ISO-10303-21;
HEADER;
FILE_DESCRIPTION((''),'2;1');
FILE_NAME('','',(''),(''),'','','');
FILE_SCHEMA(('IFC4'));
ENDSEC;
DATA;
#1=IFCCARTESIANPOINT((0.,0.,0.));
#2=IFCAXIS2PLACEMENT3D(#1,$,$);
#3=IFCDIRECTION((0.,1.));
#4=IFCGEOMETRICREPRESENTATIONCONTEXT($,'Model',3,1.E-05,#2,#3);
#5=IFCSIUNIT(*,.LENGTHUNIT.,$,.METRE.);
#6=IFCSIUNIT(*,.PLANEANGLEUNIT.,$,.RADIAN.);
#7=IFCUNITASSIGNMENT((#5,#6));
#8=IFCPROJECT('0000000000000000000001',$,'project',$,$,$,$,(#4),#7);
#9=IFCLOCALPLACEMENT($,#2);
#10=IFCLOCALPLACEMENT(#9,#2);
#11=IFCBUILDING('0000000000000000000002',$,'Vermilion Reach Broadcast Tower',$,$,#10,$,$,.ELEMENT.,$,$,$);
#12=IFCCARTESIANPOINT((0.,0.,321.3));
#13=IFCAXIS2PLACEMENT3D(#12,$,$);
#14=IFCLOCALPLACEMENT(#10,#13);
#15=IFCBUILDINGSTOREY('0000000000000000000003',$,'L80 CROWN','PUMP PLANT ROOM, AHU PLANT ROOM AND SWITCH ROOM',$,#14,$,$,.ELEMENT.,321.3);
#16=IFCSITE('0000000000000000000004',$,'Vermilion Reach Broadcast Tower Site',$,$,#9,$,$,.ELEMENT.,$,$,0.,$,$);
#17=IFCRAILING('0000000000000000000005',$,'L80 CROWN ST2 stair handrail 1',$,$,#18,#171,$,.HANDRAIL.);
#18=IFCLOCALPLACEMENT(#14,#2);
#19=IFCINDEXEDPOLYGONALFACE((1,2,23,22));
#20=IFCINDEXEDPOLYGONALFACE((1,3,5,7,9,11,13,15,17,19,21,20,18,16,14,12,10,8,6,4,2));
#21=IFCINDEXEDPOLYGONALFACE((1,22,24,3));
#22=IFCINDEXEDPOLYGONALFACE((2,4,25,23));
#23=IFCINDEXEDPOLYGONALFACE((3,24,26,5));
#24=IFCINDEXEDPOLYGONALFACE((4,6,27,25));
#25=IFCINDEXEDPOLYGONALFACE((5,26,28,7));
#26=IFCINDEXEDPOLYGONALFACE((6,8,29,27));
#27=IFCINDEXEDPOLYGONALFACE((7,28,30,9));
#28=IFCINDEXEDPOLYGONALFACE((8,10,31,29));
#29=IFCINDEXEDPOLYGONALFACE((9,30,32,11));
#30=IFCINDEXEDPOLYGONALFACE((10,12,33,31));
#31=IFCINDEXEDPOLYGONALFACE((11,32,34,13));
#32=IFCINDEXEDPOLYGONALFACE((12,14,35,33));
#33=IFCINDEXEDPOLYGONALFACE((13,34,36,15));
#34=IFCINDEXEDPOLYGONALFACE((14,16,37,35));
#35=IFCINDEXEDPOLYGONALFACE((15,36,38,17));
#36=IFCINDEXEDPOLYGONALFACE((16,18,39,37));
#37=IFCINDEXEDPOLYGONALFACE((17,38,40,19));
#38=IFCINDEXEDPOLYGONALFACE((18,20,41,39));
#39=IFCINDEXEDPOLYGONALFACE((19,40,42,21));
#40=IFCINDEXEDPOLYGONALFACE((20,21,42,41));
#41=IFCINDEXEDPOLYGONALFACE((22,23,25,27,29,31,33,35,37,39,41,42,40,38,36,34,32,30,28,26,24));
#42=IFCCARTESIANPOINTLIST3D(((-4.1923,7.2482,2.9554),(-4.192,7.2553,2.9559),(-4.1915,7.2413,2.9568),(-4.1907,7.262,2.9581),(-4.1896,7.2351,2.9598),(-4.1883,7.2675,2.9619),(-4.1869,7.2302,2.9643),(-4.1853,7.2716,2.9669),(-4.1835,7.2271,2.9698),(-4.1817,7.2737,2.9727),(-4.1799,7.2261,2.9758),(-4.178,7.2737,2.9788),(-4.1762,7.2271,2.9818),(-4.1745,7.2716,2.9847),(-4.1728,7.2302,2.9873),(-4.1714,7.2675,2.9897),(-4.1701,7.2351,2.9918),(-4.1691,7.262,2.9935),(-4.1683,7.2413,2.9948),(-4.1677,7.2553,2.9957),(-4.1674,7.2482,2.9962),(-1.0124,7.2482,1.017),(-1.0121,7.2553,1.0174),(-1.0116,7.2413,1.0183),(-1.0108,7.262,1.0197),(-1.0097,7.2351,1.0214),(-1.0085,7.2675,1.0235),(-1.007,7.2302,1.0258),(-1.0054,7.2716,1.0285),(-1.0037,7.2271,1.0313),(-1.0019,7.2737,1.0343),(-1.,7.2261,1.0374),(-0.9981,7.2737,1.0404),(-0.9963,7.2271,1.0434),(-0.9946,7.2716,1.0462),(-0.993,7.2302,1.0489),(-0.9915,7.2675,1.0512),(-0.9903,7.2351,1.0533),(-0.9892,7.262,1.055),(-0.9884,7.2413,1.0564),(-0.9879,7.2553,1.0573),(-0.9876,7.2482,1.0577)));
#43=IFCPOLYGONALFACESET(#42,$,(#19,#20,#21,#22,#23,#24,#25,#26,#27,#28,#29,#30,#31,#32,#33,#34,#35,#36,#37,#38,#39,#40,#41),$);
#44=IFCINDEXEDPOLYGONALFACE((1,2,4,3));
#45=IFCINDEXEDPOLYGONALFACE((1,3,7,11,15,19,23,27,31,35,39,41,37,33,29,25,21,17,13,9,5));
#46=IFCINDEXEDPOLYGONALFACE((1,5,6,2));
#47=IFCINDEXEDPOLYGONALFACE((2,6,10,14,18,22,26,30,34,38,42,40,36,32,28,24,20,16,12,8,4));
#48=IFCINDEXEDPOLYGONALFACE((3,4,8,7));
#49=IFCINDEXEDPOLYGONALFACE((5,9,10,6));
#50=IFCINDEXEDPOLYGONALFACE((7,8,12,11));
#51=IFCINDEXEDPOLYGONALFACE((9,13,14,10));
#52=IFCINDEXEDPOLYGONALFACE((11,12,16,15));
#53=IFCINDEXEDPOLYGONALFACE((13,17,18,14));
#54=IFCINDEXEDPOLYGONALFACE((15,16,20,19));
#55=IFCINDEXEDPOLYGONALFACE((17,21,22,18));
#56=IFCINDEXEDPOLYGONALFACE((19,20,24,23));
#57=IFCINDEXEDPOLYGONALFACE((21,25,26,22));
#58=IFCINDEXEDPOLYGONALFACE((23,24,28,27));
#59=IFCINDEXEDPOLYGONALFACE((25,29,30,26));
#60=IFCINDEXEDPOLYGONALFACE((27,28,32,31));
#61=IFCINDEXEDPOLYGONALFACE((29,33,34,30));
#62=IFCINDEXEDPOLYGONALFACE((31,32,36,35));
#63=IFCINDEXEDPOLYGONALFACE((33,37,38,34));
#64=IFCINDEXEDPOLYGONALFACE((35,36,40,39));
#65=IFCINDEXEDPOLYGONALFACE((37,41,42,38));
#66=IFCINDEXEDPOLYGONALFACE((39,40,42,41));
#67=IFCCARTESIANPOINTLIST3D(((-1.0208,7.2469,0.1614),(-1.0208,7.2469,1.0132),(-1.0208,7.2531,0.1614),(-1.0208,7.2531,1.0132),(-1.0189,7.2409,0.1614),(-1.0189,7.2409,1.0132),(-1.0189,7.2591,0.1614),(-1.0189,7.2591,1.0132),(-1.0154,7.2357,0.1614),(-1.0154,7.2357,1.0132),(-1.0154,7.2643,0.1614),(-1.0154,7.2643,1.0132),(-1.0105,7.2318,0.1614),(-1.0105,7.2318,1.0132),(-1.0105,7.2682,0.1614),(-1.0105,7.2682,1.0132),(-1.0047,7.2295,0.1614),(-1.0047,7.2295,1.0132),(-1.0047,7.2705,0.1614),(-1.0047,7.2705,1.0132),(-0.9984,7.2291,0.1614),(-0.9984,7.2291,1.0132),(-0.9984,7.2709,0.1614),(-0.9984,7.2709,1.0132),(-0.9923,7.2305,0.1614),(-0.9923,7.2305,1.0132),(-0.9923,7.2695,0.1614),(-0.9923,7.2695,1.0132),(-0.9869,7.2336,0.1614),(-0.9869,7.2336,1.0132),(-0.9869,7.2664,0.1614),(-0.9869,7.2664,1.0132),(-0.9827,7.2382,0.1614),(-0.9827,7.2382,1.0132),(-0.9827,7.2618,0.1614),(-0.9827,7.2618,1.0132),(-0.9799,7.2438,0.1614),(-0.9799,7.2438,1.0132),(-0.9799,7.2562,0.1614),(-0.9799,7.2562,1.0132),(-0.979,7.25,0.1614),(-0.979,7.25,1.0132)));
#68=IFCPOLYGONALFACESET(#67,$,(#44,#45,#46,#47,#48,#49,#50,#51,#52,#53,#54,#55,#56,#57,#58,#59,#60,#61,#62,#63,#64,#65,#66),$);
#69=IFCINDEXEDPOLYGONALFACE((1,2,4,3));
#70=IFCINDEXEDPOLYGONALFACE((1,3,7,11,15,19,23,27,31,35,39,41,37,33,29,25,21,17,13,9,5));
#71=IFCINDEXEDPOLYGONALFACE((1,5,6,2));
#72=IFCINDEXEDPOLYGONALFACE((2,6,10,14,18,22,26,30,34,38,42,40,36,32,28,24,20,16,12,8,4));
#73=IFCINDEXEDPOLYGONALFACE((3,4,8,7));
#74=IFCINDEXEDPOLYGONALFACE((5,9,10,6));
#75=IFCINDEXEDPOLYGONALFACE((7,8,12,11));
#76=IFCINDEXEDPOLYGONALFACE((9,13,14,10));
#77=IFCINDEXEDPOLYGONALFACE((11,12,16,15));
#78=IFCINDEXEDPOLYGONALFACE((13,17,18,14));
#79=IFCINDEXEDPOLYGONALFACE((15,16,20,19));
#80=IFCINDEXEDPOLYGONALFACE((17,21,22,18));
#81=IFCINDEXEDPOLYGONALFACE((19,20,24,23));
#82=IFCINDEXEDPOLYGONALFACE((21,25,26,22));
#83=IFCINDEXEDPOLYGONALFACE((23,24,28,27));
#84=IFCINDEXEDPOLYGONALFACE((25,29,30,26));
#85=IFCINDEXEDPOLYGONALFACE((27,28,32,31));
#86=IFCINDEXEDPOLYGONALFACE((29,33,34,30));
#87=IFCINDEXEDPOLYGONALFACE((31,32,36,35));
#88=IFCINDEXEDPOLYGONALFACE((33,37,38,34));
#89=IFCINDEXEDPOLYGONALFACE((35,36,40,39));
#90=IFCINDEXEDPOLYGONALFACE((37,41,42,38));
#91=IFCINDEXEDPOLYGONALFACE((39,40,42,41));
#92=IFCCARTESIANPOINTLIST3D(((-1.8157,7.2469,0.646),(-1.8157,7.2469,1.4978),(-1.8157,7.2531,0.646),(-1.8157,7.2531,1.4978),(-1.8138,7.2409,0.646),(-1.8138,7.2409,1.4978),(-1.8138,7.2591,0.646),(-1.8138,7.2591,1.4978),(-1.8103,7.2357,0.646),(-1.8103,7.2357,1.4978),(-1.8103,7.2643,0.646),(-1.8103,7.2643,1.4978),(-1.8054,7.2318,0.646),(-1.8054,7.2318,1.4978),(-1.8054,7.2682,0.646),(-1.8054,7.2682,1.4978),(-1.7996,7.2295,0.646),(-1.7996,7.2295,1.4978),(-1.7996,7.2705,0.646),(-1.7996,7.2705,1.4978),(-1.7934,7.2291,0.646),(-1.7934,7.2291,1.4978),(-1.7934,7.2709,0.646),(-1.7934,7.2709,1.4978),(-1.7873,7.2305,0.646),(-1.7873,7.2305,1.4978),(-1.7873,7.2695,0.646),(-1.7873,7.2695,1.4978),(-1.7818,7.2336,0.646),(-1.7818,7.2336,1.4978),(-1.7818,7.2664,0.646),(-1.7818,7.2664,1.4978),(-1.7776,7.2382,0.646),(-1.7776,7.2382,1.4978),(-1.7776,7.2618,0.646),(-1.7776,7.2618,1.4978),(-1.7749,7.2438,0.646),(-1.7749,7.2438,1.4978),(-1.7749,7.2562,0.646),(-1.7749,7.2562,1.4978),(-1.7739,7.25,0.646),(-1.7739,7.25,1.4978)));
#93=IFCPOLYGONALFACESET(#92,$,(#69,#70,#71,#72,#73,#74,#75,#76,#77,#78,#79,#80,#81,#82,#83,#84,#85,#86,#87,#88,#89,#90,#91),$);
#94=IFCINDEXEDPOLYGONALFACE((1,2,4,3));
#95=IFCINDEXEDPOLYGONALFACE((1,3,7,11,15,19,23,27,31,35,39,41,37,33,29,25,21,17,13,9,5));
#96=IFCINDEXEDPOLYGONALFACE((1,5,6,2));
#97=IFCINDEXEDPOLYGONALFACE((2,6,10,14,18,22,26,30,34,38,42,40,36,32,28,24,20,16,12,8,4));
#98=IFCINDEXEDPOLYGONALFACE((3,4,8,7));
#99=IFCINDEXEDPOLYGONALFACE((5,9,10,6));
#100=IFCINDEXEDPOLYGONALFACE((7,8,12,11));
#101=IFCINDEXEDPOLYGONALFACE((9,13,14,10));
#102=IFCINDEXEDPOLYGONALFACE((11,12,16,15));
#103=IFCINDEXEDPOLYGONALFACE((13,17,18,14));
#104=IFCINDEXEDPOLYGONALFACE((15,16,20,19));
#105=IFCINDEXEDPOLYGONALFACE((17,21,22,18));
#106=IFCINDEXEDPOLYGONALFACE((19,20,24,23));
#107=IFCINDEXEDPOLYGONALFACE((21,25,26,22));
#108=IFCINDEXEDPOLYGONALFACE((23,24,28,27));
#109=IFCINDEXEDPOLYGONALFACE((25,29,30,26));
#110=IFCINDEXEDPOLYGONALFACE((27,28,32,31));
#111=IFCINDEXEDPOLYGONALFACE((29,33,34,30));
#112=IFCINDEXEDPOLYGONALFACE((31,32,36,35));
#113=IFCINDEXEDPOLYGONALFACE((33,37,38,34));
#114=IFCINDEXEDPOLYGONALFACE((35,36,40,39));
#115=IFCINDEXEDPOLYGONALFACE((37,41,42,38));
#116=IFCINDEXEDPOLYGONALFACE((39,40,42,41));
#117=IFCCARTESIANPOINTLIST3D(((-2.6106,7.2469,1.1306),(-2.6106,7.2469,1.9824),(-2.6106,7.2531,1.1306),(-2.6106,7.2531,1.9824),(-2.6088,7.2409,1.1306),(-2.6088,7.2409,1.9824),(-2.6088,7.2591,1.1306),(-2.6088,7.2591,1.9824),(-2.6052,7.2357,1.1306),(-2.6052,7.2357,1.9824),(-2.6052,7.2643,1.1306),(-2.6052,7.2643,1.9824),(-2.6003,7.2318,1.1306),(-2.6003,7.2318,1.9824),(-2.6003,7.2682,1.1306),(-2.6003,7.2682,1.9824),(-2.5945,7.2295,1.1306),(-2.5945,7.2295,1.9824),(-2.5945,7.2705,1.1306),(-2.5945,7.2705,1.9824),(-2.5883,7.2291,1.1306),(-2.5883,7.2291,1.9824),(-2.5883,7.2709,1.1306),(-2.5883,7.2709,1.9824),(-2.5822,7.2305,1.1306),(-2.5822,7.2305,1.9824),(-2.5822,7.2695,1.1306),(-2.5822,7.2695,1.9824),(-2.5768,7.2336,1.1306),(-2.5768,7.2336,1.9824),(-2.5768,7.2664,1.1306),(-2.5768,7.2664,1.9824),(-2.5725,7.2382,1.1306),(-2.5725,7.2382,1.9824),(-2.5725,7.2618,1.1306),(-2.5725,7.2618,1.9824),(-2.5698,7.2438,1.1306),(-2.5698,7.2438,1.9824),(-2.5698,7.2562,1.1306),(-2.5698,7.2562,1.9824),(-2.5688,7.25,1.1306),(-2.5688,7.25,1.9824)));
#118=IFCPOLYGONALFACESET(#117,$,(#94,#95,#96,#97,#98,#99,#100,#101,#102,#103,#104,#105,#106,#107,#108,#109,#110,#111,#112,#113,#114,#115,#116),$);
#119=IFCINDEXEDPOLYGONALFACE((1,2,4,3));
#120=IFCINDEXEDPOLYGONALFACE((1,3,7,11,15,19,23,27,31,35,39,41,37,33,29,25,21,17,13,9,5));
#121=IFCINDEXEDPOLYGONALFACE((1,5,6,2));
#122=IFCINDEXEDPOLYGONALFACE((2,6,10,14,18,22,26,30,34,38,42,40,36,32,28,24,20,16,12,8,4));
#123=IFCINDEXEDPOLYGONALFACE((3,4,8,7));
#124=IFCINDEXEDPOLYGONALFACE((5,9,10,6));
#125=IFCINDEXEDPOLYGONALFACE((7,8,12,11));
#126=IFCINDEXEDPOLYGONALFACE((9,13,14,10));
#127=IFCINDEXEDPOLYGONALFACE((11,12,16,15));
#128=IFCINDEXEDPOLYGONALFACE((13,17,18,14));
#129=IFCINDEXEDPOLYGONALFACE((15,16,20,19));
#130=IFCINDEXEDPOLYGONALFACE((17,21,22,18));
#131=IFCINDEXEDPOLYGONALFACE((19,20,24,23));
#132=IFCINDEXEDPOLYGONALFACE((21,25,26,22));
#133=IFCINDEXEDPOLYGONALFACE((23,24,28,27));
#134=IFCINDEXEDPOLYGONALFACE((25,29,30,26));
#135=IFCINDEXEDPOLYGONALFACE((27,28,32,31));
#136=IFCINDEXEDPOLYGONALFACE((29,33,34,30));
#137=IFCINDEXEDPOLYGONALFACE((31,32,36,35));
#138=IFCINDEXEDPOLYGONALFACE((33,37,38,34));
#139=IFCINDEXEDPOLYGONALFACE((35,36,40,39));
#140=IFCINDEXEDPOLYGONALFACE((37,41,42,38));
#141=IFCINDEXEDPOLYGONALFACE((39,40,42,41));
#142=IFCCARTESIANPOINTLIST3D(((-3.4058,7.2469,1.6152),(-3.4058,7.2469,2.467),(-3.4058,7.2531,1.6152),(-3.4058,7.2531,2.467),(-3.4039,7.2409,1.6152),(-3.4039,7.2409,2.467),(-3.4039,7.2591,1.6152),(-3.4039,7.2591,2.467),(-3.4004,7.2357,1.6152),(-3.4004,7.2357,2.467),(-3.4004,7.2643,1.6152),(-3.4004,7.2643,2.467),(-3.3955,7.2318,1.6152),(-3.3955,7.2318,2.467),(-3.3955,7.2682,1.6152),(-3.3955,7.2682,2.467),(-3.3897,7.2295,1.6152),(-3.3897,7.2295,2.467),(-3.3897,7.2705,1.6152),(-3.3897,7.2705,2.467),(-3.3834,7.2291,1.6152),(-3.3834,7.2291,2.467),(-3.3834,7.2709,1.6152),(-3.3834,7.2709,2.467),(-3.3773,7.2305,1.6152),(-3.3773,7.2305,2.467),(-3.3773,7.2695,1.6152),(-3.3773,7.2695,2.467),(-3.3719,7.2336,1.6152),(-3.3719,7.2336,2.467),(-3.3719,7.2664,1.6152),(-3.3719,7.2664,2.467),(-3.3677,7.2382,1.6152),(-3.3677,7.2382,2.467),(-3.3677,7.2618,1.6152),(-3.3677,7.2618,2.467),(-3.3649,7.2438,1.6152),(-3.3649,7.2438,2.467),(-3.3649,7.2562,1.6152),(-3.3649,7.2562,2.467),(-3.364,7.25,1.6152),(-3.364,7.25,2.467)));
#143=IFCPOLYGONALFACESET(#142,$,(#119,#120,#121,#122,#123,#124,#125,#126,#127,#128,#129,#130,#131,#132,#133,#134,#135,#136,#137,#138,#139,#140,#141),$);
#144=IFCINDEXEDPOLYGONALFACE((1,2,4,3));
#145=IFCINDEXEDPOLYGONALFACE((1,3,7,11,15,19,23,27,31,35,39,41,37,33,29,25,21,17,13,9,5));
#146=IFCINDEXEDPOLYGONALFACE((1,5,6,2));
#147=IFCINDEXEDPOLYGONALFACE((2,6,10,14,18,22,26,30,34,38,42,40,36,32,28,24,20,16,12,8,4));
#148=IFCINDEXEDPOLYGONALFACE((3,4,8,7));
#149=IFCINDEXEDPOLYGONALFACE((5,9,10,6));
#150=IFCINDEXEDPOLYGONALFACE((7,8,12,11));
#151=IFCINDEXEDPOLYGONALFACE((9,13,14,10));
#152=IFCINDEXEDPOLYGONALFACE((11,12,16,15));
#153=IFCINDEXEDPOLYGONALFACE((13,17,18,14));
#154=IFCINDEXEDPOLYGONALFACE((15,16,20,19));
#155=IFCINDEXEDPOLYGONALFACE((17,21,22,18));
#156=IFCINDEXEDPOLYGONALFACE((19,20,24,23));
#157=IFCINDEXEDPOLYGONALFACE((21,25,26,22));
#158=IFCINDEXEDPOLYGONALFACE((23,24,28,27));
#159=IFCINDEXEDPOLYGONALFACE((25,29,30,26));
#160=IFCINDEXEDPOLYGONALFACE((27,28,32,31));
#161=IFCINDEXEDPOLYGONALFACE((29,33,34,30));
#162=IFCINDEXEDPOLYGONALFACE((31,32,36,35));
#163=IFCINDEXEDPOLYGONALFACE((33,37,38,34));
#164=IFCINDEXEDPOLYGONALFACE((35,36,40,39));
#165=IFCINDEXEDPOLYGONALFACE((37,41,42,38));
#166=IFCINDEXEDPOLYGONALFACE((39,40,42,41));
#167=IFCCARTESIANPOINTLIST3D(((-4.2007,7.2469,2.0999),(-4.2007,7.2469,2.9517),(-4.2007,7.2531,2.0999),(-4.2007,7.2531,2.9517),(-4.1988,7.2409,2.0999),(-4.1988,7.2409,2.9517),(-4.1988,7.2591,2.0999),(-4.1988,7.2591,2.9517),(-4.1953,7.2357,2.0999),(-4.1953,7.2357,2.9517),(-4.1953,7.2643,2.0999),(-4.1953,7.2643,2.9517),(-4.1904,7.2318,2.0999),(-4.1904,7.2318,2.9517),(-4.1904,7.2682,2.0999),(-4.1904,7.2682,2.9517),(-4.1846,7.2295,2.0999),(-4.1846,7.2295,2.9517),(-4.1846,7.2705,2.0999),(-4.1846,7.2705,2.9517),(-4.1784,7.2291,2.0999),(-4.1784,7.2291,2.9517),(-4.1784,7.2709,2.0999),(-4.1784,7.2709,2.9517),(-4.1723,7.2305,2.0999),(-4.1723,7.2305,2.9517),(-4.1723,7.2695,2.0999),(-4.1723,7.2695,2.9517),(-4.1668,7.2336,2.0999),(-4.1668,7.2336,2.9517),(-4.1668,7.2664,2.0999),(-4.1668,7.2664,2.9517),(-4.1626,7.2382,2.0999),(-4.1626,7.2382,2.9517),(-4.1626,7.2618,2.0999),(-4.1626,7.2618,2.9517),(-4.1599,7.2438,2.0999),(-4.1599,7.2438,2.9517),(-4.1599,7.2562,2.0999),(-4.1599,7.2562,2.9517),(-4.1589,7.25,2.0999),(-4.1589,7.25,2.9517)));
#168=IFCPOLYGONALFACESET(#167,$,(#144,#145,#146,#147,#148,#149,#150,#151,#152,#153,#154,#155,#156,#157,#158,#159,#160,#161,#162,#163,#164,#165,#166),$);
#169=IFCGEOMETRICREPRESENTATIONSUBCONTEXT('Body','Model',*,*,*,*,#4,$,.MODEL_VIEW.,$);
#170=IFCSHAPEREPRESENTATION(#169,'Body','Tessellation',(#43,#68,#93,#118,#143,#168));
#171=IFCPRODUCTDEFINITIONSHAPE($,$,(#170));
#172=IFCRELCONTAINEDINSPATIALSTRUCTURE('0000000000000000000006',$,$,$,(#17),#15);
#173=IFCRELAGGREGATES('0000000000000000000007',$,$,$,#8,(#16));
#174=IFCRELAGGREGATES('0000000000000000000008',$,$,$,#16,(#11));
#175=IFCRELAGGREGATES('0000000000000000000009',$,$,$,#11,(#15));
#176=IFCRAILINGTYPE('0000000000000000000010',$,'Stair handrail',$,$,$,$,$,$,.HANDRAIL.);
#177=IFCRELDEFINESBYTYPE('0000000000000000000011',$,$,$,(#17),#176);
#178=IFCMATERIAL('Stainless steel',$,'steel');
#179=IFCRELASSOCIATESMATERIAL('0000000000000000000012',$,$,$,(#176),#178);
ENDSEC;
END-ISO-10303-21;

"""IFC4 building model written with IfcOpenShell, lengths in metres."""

from ifc_helpers import new_model, si_unit, direction, frame, origin, origin_2d, place, context, subcontext, project, spatial, circle, extrude, material, type_object, element, save


model = new_model("IFC4")

# Units and contexts
model_context = context("Model", 3, precision=1e-05, world=origin(), true_north=direction((0.0, 1.0)))
body_context = subcontext(model_context, "Body", "Model", "MODEL_VIEW")
ifc_project = project(units=[si_unit("LENGTHUNIT", "METRE"), si_unit("PLANEANGLEUNIT", "RADIAN")], contexts=[model_context])

# Site, building, storey
site_placement = place(None, origin())
site = spatial("IfcSite", under=ifc_project, at=site_placement, Name="Vermilion Reach Broadcast Tower Site", CompositionType="ELEMENT", RefElevation=0.0)
building_placement = place(site_placement, origin())
building = spatial("IfcBuilding", under=site, at=building_placement, Name="Vermilion Reach Broadcast Tower", CompositionType="ELEMENT")
storey_placement = place(building_placement, frame((0.0, 0.0, 321.3)))
storey = spatial("IfcBuildingStorey", under=building, at=storey_placement, Name="L80 CROWN", Description="PUMP PLANT ROOM, AHU PLANT ROOM AND SWITCH ROOM", CompositionType="ELEMENT", Elevation=321.3)

# Railing
ifc_material_1 = material(Name="Stainless steel", Category="steel")
railing_type_1 = type_object("IfcRailingType", Name="Stair handrail", PredefinedType="HANDRAIL", material=ifc_material_1)
railing_1_placement = place(storey_placement, frame((-1.0, 7.25, 0.1614)))
element("IfcRailing", 1, at=railing_1_placement, inside=storey, type_object=railing_type_1, Name="L80 CROWN ST2 stair handrail 1", PredefinedType="HANDRAIL", context=body_context, shape_type="SweptSolid", body=[
    extrude(circle(Radius=0.0239, at=origin_2d()), frame((0.0, 0.0, 0.876), z_axis=(-0.853857, 0.0, 0.520508), x_axis=(0.0, -1.0, 0.0)), (0.0, 0.0, 1.0), 3.7241),
    extrude(circle(Radius=0.021, at=origin_2d()), origin(), (0.0, 0.0, 1.0), 0.8518),
    extrude(circle(Radius=0.021, at=origin_2d()), frame((-0.7949, 0.0, 0.4846)), (0.0, 0.0, 1.0), 0.8518),
    extrude(circle(Radius=0.021, at=origin_2d()), frame((-1.5898, 0.0, 0.9692)), (0.0, 0.0, 1.0), 0.8518),
    extrude(circle(Radius=0.021, at=origin_2d()), frame((-2.385, 0.0, 1.4539)), (0.0, 0.0, 1.0), 0.8518),
    extrude(circle(Radius=0.021, at=origin_2d()), frame((-3.1799, 0.0, 1.9385)), (0.0, 0.0, 1.0), 0.8518),
])

save(model, "model.ifc")
